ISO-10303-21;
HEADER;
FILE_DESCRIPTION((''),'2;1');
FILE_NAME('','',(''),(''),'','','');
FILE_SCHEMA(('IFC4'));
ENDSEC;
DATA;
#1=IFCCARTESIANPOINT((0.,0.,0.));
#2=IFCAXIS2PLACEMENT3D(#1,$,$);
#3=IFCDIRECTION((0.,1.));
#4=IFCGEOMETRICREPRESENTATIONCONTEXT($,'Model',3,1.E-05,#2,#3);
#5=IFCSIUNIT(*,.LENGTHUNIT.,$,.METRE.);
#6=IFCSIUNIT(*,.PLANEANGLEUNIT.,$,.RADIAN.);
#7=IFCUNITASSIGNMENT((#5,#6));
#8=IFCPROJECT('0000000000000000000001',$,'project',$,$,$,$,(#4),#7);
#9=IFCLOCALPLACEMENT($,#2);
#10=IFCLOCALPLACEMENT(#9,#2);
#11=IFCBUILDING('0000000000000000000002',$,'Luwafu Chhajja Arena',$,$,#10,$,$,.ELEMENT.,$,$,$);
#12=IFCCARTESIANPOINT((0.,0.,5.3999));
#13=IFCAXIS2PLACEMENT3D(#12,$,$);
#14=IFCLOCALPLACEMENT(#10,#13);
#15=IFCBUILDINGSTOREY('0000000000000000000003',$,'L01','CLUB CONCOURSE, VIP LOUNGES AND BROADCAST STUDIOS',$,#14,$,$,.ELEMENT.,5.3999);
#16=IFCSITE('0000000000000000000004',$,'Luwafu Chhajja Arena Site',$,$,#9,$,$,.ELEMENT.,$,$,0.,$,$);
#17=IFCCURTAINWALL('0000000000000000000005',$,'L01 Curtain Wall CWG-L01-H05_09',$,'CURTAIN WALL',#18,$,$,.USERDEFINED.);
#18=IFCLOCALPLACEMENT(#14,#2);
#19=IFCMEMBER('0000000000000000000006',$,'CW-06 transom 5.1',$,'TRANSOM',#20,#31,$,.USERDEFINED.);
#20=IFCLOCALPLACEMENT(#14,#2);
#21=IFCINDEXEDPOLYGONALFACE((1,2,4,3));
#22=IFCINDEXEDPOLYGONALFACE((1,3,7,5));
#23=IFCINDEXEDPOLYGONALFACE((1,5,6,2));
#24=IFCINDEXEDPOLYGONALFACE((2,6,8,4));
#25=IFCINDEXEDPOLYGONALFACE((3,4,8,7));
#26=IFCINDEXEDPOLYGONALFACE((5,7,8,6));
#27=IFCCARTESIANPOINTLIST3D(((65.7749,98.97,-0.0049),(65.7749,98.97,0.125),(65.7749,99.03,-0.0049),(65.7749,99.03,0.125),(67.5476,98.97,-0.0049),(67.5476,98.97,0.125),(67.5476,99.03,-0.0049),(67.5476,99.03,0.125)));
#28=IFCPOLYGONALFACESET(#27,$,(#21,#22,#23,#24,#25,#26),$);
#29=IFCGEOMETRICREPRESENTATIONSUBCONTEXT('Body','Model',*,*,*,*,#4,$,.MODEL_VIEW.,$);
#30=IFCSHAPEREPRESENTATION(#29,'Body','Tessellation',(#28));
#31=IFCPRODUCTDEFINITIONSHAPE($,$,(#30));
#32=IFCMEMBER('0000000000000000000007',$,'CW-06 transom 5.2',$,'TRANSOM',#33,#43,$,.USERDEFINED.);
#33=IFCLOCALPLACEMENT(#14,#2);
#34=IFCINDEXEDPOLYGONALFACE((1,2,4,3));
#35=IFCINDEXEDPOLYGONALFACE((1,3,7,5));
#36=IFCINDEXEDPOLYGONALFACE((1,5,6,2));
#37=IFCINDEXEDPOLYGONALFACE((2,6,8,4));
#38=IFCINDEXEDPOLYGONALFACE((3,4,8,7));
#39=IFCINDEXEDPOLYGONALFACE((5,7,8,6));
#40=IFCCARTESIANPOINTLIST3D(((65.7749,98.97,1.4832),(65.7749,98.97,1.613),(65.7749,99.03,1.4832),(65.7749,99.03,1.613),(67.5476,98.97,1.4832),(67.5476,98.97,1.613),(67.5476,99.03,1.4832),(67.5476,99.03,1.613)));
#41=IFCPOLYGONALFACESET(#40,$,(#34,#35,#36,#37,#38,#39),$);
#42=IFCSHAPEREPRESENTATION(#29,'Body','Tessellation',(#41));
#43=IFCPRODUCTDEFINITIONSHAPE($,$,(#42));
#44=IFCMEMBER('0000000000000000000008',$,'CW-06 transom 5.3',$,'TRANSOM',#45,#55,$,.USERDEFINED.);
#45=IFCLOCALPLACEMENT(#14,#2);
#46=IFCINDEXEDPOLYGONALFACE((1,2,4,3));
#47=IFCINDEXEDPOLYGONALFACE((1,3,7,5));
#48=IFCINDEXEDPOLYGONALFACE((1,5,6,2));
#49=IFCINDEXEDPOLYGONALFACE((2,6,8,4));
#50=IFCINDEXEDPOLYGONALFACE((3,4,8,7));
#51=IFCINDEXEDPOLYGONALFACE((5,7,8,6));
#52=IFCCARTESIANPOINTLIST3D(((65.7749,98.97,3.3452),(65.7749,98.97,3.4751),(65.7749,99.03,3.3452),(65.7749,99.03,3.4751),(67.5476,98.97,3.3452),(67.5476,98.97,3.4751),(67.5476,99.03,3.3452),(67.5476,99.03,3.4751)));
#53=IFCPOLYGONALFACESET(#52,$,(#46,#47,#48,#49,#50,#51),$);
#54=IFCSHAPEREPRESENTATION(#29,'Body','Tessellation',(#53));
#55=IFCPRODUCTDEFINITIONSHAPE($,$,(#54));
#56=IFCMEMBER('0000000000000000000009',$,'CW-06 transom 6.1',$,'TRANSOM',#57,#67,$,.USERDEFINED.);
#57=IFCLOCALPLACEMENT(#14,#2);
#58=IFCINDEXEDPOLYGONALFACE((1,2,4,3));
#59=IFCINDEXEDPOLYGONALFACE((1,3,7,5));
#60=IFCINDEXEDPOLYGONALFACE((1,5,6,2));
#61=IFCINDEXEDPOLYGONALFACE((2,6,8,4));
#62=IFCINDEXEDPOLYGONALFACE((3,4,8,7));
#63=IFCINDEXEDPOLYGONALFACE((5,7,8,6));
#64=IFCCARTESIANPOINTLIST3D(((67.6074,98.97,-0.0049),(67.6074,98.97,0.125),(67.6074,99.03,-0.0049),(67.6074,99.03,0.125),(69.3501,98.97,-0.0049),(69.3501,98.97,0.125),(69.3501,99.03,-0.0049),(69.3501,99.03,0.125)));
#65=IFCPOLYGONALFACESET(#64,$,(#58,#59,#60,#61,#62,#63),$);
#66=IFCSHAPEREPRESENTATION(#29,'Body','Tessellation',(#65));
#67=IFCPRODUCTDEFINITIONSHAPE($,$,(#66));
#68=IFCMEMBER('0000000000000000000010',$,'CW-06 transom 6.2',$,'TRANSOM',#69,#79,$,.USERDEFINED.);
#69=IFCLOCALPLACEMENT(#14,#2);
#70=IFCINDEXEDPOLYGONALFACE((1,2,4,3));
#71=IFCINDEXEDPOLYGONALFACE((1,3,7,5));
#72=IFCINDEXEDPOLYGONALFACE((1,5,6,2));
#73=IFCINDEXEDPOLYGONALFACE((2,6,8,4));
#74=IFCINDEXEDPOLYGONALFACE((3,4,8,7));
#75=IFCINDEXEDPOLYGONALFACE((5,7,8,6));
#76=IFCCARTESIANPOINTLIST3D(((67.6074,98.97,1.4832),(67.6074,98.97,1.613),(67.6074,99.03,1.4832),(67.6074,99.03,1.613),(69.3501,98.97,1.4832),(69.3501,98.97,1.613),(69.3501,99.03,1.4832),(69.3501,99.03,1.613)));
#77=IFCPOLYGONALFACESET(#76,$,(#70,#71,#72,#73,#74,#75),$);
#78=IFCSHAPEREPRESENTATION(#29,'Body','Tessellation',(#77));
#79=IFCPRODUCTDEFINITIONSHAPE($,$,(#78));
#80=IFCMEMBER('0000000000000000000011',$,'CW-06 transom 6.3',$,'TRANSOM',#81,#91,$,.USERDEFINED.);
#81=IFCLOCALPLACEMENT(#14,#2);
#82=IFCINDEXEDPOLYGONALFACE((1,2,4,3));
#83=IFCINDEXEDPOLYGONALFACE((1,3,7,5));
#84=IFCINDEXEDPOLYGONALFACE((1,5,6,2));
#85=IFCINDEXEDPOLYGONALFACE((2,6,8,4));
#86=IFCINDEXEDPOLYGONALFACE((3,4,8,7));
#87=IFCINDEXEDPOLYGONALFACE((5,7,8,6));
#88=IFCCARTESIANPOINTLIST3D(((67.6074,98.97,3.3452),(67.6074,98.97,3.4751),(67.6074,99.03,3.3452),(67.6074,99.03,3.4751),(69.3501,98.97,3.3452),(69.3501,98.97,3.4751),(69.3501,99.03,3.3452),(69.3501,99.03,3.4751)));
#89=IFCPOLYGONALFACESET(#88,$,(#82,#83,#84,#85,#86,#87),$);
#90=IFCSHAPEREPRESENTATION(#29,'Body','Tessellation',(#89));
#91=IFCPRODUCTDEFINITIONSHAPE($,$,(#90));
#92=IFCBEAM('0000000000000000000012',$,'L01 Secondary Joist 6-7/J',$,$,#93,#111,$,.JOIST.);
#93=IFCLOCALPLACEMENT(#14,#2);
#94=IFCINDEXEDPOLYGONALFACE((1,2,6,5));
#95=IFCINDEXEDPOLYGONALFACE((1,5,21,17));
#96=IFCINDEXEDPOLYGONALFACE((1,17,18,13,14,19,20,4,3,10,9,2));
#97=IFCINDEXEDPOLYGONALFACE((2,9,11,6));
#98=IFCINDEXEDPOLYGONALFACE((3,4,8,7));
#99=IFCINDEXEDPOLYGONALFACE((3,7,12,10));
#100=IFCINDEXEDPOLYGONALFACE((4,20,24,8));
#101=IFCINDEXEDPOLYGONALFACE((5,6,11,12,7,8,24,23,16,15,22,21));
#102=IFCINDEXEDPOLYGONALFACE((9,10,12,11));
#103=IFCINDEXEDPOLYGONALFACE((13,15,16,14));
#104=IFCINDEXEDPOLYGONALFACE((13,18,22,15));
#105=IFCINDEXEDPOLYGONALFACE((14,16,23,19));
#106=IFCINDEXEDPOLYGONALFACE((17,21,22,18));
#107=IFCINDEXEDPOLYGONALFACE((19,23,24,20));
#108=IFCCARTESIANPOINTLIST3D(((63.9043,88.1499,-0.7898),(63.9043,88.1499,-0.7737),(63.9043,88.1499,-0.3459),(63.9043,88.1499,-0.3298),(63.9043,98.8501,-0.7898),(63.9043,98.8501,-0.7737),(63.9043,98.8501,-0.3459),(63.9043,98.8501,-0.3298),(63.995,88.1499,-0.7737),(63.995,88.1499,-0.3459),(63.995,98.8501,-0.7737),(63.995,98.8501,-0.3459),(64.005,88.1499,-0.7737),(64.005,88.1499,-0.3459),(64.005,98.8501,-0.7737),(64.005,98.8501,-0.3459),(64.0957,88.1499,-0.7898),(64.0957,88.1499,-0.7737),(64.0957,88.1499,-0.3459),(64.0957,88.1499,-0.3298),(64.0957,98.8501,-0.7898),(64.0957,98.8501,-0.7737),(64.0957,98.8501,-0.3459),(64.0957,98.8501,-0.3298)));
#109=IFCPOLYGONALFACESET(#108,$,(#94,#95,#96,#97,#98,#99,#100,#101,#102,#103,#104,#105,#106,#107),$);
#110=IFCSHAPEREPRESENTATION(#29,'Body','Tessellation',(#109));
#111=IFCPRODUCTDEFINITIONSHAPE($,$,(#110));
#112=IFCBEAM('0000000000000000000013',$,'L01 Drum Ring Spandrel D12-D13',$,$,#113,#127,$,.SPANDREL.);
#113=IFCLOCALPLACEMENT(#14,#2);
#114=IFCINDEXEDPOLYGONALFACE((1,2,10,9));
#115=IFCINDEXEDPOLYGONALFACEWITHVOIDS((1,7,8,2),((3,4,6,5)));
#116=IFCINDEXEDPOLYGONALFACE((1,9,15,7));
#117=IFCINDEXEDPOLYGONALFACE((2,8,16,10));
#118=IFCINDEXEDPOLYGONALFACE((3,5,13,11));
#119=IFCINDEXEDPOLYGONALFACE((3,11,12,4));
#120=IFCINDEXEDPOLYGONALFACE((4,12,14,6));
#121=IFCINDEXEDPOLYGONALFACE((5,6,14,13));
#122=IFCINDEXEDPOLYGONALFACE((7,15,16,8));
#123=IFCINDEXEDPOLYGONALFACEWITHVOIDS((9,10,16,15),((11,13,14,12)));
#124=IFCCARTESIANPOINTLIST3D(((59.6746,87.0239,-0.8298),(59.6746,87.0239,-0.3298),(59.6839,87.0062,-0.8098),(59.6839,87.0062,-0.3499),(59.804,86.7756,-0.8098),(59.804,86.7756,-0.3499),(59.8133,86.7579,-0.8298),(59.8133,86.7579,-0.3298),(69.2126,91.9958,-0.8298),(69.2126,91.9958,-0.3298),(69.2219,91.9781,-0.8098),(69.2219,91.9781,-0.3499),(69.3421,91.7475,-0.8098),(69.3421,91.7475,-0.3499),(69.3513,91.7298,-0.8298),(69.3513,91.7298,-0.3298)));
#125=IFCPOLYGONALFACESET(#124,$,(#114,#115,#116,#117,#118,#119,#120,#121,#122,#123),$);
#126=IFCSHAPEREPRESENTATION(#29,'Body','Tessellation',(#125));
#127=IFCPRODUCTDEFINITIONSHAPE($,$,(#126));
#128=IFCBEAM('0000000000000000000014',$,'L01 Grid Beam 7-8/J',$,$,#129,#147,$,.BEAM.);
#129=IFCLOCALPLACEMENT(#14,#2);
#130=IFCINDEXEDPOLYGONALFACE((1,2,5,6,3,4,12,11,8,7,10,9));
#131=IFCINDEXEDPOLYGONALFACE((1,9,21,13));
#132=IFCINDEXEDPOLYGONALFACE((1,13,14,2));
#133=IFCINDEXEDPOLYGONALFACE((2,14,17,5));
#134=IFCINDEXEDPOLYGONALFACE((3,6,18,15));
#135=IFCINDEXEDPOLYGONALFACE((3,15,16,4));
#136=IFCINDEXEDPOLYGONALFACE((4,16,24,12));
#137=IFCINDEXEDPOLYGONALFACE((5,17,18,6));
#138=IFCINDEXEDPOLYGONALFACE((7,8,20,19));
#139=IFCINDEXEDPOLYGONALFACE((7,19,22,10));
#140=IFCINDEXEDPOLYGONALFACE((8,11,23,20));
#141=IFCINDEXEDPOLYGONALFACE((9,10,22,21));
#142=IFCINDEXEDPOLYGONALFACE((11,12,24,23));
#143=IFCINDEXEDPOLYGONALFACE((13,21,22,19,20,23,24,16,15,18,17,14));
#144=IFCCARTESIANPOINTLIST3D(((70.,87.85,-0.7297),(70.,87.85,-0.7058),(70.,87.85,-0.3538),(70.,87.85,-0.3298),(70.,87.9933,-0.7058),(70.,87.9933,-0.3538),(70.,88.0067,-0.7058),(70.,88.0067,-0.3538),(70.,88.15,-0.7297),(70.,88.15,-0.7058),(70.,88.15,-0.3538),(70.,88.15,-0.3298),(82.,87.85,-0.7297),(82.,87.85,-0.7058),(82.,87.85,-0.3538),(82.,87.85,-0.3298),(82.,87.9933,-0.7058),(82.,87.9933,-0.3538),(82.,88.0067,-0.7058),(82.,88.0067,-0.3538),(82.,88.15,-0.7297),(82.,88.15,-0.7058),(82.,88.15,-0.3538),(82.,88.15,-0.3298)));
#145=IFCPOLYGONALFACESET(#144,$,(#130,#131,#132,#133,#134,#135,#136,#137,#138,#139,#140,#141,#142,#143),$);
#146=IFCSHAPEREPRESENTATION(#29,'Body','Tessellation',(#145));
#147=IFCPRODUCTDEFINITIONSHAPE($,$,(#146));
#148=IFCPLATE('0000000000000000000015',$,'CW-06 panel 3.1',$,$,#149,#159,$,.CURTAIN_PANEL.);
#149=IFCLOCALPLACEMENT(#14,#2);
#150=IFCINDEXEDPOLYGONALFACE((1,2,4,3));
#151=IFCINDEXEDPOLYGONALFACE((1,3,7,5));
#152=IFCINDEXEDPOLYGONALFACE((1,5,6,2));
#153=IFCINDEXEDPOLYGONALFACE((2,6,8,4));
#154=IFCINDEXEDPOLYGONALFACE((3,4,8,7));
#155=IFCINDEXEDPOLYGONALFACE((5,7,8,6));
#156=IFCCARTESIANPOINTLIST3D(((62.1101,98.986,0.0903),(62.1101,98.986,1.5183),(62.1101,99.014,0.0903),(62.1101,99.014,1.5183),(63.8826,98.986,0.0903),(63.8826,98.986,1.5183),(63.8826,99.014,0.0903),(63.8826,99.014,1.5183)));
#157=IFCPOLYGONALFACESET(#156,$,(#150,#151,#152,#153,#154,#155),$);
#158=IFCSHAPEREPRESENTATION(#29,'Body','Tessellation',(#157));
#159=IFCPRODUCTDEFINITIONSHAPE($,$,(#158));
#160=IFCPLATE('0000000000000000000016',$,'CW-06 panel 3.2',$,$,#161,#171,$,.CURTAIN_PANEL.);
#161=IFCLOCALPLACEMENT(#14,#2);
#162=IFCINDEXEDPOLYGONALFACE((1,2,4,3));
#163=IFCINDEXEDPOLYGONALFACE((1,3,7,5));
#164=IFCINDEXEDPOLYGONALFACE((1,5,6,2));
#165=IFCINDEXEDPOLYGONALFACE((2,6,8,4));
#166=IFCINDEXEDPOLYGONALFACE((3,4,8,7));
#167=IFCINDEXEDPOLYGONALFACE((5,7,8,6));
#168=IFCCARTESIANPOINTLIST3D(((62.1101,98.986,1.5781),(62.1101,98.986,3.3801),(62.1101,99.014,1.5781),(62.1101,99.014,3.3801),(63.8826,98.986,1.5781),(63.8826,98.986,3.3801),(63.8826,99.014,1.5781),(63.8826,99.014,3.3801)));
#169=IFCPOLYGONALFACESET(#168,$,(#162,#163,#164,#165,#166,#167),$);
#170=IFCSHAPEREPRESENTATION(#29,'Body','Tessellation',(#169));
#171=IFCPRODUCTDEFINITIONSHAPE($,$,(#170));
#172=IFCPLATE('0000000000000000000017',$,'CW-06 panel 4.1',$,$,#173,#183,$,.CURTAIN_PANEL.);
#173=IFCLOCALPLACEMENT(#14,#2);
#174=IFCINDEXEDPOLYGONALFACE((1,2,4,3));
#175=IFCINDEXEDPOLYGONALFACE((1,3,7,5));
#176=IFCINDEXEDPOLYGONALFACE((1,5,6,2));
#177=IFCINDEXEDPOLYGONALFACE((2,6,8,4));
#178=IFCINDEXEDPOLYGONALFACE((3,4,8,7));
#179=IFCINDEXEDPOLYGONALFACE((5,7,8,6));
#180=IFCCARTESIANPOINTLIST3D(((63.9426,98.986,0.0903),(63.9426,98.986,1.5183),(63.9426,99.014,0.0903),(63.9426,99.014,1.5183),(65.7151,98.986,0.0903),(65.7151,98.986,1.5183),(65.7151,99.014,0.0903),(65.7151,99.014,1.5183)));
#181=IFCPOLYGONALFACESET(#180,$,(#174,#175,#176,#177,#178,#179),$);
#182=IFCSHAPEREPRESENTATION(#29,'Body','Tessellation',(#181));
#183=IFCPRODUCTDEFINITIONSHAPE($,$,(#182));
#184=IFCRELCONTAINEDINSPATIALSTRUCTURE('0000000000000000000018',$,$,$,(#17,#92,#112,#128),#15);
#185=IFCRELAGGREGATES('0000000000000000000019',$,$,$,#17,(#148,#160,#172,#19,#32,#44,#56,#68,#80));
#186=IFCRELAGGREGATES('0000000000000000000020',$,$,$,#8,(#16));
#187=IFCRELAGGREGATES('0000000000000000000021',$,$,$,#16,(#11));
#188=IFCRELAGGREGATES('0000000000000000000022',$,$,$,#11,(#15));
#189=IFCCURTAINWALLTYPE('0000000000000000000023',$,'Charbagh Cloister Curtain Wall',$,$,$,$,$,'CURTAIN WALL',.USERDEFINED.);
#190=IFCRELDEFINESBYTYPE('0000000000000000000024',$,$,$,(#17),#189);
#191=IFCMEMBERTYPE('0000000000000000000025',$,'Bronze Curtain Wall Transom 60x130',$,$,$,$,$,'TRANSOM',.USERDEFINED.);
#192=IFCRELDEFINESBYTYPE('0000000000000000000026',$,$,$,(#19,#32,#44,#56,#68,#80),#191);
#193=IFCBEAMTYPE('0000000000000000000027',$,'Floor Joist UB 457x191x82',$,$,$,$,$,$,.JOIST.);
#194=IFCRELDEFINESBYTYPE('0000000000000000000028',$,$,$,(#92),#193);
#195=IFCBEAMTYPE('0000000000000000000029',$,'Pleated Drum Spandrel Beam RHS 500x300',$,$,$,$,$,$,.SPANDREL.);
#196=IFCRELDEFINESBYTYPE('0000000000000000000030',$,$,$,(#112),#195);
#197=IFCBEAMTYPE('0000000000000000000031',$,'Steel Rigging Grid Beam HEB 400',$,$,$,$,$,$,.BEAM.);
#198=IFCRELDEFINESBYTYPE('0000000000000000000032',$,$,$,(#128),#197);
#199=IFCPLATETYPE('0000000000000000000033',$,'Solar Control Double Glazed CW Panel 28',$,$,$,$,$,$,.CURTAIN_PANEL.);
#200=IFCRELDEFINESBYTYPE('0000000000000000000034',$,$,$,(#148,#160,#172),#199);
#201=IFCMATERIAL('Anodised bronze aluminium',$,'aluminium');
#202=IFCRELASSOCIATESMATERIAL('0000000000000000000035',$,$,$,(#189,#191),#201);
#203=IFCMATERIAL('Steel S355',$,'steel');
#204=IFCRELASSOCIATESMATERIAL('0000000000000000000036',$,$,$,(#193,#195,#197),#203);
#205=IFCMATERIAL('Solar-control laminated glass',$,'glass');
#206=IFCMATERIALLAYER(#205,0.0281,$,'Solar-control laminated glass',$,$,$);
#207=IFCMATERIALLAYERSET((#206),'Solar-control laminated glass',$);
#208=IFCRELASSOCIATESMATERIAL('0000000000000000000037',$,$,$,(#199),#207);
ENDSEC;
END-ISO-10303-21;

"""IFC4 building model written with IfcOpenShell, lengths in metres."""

from ifc_helpers import new_model, si_unit, direction, frame, origin, origin_2d, place, context, subcontext, project, spatial, rectangle, hollow_rectangle, i_section, extrude, material, layer, layer_set, material_profile, profile_set, type_object, element, aggregate, save


model = new_model("IFC4")

# Units and contexts
model_context = context("Model", 3, precision=1e-05, world=origin(), true_north=direction((0.0, 1.0)))
body_context = subcontext(model_context, "Body", "Model", "MODEL_VIEW")
ifc_project = project(units=[si_unit("LENGTHUNIT", "METRE"), si_unit("PLANEANGLEUNIT", "RADIAN")], contexts=[model_context])

# Site, building, storey
site_placement = place(None, origin())
site = spatial("IfcSite", under=ifc_project, at=site_placement, Name="Luwafu Chhajja Arena Site", CompositionType="ELEMENT", RefElevation=0.0)
building_placement = place(site_placement, origin())
building = spatial("IfcBuilding", under=site, at=building_placement, Name="Luwafu Chhajja Arena", CompositionType="ELEMENT")
storey_placement = place(building_placement, frame((0.0, 0.0, 5.3999)))
storey = spatial("IfcBuildingStorey", under=building, at=storey_placement, Name="L01", Description="CLUB CONCOURSE, VIP LOUNGES AND BROADCAST STUDIOS", CompositionType="ELEMENT", Elevation=5.3999)

# Shared definitions
ifc_material_1 = material(Name="Steel S355", Category="steel")

# Curtain wall, members
ifc_material_2 = material(Name="Anodised bronze aluminium", Category="aluminium")
curtain_wall_type = type_object("IfcCurtainWallType", Name="Charbagh Cloister Curtain Wall", ElementType="CURTAIN WALL", PredefinedType="USERDEFINED", material=ifc_material_2)
curtain_wall_placement = place(storey_placement, origin())
curtain_wall = element("IfcCurtainWall", 1, at=curtain_wall_placement, inside=storey, type_object=curtain_wall_type, Name="L01 Curtain Wall CWG-L01-H05_09", ObjectType="CURTAIN WALL", PredefinedType="USERDEFINED")
ifc_material_profile_1 = material_profile(ifc_material_2, rectangle(XDim=0.0601, YDim=0.1299, at=origin_2d()), Name="CWT 60x130")
ifc_profile_set_1 = profile_set([ifc_material_profile_1], Name="Anodised bronze aluminium")
member_type_1 = type_object("IfcMemberType", Name="Bronze Curtain Wall Transom 60x130", ElementType="TRANSOM", PredefinedType="USERDEFINED", material=ifc_profile_set_1)
member_1_placement = place(storey_placement, frame((65.7749, 99.0, 0.0601), z_axis=(1.0, 0.0, 0.0), x_axis=(0.0, 1.0, 0.0)))
member_1 = element("IfcMember", 2, at=member_1_placement, type_object=member_type_1, Name="CW-06 transom 5.1", ObjectType="TRANSOM", PredefinedType="USERDEFINED", context=body_context, shape_type="SweptSolid", body=[
    extrude(rectangle(XDim=0.0601, YDim=0.1299, at=origin_2d()), origin(), (0.0, 0.0, 1.0), 1.7727),
])
member_2_placement = place(storey_placement, frame((65.7749, 99.0, 1.5481), z_axis=(1.0, 0.0, 0.0), x_axis=(0.0, 1.0, 0.0)))
member_2 = element("IfcMember", 3, at=member_2_placement, type_object=member_type_1, Name="CW-06 transom 5.2", ObjectType="TRANSOM", PredefinedType="USERDEFINED", context=body_context, shape_type="SweptSolid", body=[
    extrude(rectangle(XDim=0.0601, YDim=0.1299, at=origin_2d()), origin(), (0.0, 0.0, 1.0), 1.7727),
])
member_3_placement = place(storey_placement, frame((65.7749, 99.0, 3.4102), z_axis=(1.0, 0.0, 0.0), x_axis=(0.0, 1.0, 0.0)))
member_3 = element("IfcMember", 4, at=member_3_placement, type_object=member_type_1, Name="CW-06 transom 5.3", ObjectType="TRANSOM", PredefinedType="USERDEFINED", context=body_context, shape_type="SweptSolid", body=[
    extrude(rectangle(XDim=0.0601, YDim=0.1299, at=origin_2d()), origin(), (0.0, 0.0, 1.0), 1.7727),
])
member_4_placement = place(storey_placement, frame((67.6074, 99.0, 0.0601), z_axis=(1.0, 0.0, 0.0), x_axis=(0.0, 1.0, 0.0)))
member_4 = element("IfcMember", 5, at=member_4_placement, type_object=member_type_1, Name="CW-06 transom 6.1", ObjectType="TRANSOM", PredefinedType="USERDEFINED", context=body_context, shape_type="SweptSolid", body=[
    extrude(rectangle(XDim=0.0601, YDim=0.1299, at=origin_2d()), origin(), (0.0, 0.0, 1.0), 1.7427),
])
member_5_placement = place(storey_placement, frame((67.6074, 99.0, 1.5481), z_axis=(1.0, 0.0, 0.0), x_axis=(0.0, 1.0, 0.0)))
member_5 = element("IfcMember", 6, at=member_5_placement, type_object=member_type_1, Name="CW-06 transom 6.2", ObjectType="TRANSOM", PredefinedType="USERDEFINED", context=body_context, shape_type="SweptSolid", body=[
    extrude(rectangle(XDim=0.0601, YDim=0.1299, at=origin_2d()), origin(), (0.0, 0.0, 1.0), 1.7427),
])
member_6_placement = place(storey_placement, frame((67.6074, 99.0, 3.4102), z_axis=(1.0, 0.0, 0.0), x_axis=(0.0, 1.0, 0.0)))
member_6 = element("IfcMember", 7, at=member_6_placement, type_object=member_type_1, Name="CW-06 transom 6.3", ObjectType="TRANSOM", PredefinedType="USERDEFINED", context=body_context, shape_type="SweptSolid", body=[
    extrude(rectangle(XDim=0.0601, YDim=0.1299, at=origin_2d()), origin(), (0.0, 0.0, 1.0), 1.7427),
])

# Beams
ifc_material_profile_2 = material_profile(ifc_material_1, i_section(OverallWidth=0.1914, OverallDepth=0.46, WebThickness=0.01, FlangeThickness=0.0161, at=origin_2d()), Name="UB 457x191x82")
ifc_profile_set_2 = profile_set([ifc_material_profile_2], Name="Steel S355")
beam_type_1 = type_object("IfcBeamType", Name="Floor Joist UB 457x191x82", PredefinedType="JOIST", material=ifc_profile_set_2)
beam_1_placement = place(storey_placement, frame((64.0, 88.1499, -0.5598), z_axis=(0.0, 1.0, 0.0), x_axis=(-1.0, 0.0, 0.0)))
element("IfcBeam", 8, at=beam_1_placement, inside=storey, type_object=beam_type_1, Name="L01 Secondary Joist 6-7/J", PredefinedType="JOIST", context=body_context, shape_type="SweptSolid", body=[
    extrude(i_section(OverallWidth=0.1914, OverallDepth=0.46, WebThickness=0.01, FlangeThickness=0.0161, at=origin_2d()), origin(), (0.0, 0.0, 1.0), 10.7002),
])
ifc_material_profile_3 = material_profile(ifc_material_1, hollow_rectangle(XDim=0.3, YDim=0.5, WallThickness=0.02, at=origin_2d()), Name="RHS 500x300x20")
ifc_profile_set_3 = profile_set([ifc_material_profile_3], Name="Steel S355")
beam_type_2 = type_object("IfcBeamType", Name="Pleated Drum Spandrel Beam RHS 500x300", PredefinedType="SPANDREL", material=ifc_profile_set_3)
beam_2_placement = place(storey_placement, frame((69.282, 91.8628, -0.5798), z_axis=(-0.886755, -0.462239, 0.0), x_axis=(0.462239, -0.886755, 0.0)))
element("IfcBeam", 9, at=beam_2_placement, inside=storey, type_object=beam_type_2, Name="L01 Drum Ring Spandrel D12-D13", PredefinedType="SPANDREL", context=body_context, shape_type="SweptSolid", body=[
    extrude(hollow_rectangle(XDim=0.3, YDim=0.5, WallThickness=0.02, at=origin_2d()), origin(), (0.0, 0.0, 1.0), 10.7561),
])
ifc_material_profile_4 = material_profile(ifc_material_1, i_section(OverallWidth=0.3, OverallDepth=0.3999, WebThickness=0.0134, FlangeThickness=0.0239, at=origin_2d()), Name="HEB 400")
ifc_profile_set_4 = profile_set([ifc_material_profile_4], Name="Steel S355")
beam_type_3 = type_object("IfcBeamType", Name="Steel Rigging Grid Beam HEB 400", PredefinedType="BEAM", material=ifc_profile_set_4)
beam_3_placement = place(storey_placement, frame((70.0, 88.0, -0.5298), z_axis=(1.0, 0.0, 0.0), x_axis=(0.0, 1.0, 0.0)))
element("IfcBeam", 10, at=beam_3_placement, inside=storey, type_object=beam_type_3, Name="L01 Grid Beam 7-8/J", PredefinedType="BEAM", context=body_context, shape_type="SweptSolid", body=[
    extrude(i_section(OverallWidth=0.3, OverallDepth=0.3999, WebThickness=0.0134, FlangeThickness=0.0239, at=origin_2d()), origin(), (0.0, 0.0, 1.0), 12.0),
])

# Plates
ifc_material_3 = material(Name="Solar-control laminated glass", Category="glass")
ifc_layer_1 = layer(ifc_material_3, 0.0281, Name="Solar-control laminated glass")
ifc_layer_set_1 = layer_set([ifc_layer_1], Name="Solar-control laminated glass")
plate_type = type_object("IfcPlateType", Name="Solar Control Double Glazed CW Panel 28", PredefinedType="CURTAIN_PANEL", material=ifc_layer_set_1)
plate_1_placement = place(storey_placement, frame((62.9963, 99.0, 0.0903), z_axis=(0.0, 0.0, 1.0), x_axis=(1.0, 0.0, 0.0)))
plate_1 = element("IfcPlate", 11, at=plate_1_placement, type_object=plate_type, Name="CW-06 panel 3.1", PredefinedType="CURTAIN_PANEL", context=body_context, shape_type="SweptSolid", body=[
    extrude(rectangle(XDim=1.7725, YDim=0.0281, at=origin_2d()), origin(), (0.0, 0.0, 1.0), 1.428),
])
plate_2_placement = place(storey_placement, frame((62.9963, 99.0, 1.5781), z_axis=(0.0, 0.0, 1.0), x_axis=(1.0, 0.0, 0.0)))
plate_2 = element("IfcPlate", 12, at=plate_2_placement, type_object=plate_type, Name="CW-06 panel 3.2", PredefinedType="CURTAIN_PANEL", context=body_context, shape_type="SweptSolid", body=[
    extrude(rectangle(XDim=1.7725, YDim=0.0281, at=origin_2d()), origin(), (0.0, 0.0, 1.0), 1.802),
])
plate_3_placement = place(storey_placement, frame((64.8289, 99.0, 0.0903), z_axis=(0.0, 0.0, 1.0), x_axis=(1.0, 0.0, 0.0)))
plate_3 = element("IfcPlate", 13, at=plate_3_placement, type_object=plate_type, Name="CW-06 panel 4.1", PredefinedType="CURTAIN_PANEL", context=body_context, shape_type="SweptSolid", body=[
    extrude(rectangle(XDim=1.7725, YDim=0.0281, at=origin_2d()), origin(), (0.0, 0.0, 1.0), 1.428),
])
aggregate(curtain_wall, [plate_1, plate_2, plate_3, member_1, member_2, member_3, member_4, member_5, member_6])

save(model, "model.ifc")
